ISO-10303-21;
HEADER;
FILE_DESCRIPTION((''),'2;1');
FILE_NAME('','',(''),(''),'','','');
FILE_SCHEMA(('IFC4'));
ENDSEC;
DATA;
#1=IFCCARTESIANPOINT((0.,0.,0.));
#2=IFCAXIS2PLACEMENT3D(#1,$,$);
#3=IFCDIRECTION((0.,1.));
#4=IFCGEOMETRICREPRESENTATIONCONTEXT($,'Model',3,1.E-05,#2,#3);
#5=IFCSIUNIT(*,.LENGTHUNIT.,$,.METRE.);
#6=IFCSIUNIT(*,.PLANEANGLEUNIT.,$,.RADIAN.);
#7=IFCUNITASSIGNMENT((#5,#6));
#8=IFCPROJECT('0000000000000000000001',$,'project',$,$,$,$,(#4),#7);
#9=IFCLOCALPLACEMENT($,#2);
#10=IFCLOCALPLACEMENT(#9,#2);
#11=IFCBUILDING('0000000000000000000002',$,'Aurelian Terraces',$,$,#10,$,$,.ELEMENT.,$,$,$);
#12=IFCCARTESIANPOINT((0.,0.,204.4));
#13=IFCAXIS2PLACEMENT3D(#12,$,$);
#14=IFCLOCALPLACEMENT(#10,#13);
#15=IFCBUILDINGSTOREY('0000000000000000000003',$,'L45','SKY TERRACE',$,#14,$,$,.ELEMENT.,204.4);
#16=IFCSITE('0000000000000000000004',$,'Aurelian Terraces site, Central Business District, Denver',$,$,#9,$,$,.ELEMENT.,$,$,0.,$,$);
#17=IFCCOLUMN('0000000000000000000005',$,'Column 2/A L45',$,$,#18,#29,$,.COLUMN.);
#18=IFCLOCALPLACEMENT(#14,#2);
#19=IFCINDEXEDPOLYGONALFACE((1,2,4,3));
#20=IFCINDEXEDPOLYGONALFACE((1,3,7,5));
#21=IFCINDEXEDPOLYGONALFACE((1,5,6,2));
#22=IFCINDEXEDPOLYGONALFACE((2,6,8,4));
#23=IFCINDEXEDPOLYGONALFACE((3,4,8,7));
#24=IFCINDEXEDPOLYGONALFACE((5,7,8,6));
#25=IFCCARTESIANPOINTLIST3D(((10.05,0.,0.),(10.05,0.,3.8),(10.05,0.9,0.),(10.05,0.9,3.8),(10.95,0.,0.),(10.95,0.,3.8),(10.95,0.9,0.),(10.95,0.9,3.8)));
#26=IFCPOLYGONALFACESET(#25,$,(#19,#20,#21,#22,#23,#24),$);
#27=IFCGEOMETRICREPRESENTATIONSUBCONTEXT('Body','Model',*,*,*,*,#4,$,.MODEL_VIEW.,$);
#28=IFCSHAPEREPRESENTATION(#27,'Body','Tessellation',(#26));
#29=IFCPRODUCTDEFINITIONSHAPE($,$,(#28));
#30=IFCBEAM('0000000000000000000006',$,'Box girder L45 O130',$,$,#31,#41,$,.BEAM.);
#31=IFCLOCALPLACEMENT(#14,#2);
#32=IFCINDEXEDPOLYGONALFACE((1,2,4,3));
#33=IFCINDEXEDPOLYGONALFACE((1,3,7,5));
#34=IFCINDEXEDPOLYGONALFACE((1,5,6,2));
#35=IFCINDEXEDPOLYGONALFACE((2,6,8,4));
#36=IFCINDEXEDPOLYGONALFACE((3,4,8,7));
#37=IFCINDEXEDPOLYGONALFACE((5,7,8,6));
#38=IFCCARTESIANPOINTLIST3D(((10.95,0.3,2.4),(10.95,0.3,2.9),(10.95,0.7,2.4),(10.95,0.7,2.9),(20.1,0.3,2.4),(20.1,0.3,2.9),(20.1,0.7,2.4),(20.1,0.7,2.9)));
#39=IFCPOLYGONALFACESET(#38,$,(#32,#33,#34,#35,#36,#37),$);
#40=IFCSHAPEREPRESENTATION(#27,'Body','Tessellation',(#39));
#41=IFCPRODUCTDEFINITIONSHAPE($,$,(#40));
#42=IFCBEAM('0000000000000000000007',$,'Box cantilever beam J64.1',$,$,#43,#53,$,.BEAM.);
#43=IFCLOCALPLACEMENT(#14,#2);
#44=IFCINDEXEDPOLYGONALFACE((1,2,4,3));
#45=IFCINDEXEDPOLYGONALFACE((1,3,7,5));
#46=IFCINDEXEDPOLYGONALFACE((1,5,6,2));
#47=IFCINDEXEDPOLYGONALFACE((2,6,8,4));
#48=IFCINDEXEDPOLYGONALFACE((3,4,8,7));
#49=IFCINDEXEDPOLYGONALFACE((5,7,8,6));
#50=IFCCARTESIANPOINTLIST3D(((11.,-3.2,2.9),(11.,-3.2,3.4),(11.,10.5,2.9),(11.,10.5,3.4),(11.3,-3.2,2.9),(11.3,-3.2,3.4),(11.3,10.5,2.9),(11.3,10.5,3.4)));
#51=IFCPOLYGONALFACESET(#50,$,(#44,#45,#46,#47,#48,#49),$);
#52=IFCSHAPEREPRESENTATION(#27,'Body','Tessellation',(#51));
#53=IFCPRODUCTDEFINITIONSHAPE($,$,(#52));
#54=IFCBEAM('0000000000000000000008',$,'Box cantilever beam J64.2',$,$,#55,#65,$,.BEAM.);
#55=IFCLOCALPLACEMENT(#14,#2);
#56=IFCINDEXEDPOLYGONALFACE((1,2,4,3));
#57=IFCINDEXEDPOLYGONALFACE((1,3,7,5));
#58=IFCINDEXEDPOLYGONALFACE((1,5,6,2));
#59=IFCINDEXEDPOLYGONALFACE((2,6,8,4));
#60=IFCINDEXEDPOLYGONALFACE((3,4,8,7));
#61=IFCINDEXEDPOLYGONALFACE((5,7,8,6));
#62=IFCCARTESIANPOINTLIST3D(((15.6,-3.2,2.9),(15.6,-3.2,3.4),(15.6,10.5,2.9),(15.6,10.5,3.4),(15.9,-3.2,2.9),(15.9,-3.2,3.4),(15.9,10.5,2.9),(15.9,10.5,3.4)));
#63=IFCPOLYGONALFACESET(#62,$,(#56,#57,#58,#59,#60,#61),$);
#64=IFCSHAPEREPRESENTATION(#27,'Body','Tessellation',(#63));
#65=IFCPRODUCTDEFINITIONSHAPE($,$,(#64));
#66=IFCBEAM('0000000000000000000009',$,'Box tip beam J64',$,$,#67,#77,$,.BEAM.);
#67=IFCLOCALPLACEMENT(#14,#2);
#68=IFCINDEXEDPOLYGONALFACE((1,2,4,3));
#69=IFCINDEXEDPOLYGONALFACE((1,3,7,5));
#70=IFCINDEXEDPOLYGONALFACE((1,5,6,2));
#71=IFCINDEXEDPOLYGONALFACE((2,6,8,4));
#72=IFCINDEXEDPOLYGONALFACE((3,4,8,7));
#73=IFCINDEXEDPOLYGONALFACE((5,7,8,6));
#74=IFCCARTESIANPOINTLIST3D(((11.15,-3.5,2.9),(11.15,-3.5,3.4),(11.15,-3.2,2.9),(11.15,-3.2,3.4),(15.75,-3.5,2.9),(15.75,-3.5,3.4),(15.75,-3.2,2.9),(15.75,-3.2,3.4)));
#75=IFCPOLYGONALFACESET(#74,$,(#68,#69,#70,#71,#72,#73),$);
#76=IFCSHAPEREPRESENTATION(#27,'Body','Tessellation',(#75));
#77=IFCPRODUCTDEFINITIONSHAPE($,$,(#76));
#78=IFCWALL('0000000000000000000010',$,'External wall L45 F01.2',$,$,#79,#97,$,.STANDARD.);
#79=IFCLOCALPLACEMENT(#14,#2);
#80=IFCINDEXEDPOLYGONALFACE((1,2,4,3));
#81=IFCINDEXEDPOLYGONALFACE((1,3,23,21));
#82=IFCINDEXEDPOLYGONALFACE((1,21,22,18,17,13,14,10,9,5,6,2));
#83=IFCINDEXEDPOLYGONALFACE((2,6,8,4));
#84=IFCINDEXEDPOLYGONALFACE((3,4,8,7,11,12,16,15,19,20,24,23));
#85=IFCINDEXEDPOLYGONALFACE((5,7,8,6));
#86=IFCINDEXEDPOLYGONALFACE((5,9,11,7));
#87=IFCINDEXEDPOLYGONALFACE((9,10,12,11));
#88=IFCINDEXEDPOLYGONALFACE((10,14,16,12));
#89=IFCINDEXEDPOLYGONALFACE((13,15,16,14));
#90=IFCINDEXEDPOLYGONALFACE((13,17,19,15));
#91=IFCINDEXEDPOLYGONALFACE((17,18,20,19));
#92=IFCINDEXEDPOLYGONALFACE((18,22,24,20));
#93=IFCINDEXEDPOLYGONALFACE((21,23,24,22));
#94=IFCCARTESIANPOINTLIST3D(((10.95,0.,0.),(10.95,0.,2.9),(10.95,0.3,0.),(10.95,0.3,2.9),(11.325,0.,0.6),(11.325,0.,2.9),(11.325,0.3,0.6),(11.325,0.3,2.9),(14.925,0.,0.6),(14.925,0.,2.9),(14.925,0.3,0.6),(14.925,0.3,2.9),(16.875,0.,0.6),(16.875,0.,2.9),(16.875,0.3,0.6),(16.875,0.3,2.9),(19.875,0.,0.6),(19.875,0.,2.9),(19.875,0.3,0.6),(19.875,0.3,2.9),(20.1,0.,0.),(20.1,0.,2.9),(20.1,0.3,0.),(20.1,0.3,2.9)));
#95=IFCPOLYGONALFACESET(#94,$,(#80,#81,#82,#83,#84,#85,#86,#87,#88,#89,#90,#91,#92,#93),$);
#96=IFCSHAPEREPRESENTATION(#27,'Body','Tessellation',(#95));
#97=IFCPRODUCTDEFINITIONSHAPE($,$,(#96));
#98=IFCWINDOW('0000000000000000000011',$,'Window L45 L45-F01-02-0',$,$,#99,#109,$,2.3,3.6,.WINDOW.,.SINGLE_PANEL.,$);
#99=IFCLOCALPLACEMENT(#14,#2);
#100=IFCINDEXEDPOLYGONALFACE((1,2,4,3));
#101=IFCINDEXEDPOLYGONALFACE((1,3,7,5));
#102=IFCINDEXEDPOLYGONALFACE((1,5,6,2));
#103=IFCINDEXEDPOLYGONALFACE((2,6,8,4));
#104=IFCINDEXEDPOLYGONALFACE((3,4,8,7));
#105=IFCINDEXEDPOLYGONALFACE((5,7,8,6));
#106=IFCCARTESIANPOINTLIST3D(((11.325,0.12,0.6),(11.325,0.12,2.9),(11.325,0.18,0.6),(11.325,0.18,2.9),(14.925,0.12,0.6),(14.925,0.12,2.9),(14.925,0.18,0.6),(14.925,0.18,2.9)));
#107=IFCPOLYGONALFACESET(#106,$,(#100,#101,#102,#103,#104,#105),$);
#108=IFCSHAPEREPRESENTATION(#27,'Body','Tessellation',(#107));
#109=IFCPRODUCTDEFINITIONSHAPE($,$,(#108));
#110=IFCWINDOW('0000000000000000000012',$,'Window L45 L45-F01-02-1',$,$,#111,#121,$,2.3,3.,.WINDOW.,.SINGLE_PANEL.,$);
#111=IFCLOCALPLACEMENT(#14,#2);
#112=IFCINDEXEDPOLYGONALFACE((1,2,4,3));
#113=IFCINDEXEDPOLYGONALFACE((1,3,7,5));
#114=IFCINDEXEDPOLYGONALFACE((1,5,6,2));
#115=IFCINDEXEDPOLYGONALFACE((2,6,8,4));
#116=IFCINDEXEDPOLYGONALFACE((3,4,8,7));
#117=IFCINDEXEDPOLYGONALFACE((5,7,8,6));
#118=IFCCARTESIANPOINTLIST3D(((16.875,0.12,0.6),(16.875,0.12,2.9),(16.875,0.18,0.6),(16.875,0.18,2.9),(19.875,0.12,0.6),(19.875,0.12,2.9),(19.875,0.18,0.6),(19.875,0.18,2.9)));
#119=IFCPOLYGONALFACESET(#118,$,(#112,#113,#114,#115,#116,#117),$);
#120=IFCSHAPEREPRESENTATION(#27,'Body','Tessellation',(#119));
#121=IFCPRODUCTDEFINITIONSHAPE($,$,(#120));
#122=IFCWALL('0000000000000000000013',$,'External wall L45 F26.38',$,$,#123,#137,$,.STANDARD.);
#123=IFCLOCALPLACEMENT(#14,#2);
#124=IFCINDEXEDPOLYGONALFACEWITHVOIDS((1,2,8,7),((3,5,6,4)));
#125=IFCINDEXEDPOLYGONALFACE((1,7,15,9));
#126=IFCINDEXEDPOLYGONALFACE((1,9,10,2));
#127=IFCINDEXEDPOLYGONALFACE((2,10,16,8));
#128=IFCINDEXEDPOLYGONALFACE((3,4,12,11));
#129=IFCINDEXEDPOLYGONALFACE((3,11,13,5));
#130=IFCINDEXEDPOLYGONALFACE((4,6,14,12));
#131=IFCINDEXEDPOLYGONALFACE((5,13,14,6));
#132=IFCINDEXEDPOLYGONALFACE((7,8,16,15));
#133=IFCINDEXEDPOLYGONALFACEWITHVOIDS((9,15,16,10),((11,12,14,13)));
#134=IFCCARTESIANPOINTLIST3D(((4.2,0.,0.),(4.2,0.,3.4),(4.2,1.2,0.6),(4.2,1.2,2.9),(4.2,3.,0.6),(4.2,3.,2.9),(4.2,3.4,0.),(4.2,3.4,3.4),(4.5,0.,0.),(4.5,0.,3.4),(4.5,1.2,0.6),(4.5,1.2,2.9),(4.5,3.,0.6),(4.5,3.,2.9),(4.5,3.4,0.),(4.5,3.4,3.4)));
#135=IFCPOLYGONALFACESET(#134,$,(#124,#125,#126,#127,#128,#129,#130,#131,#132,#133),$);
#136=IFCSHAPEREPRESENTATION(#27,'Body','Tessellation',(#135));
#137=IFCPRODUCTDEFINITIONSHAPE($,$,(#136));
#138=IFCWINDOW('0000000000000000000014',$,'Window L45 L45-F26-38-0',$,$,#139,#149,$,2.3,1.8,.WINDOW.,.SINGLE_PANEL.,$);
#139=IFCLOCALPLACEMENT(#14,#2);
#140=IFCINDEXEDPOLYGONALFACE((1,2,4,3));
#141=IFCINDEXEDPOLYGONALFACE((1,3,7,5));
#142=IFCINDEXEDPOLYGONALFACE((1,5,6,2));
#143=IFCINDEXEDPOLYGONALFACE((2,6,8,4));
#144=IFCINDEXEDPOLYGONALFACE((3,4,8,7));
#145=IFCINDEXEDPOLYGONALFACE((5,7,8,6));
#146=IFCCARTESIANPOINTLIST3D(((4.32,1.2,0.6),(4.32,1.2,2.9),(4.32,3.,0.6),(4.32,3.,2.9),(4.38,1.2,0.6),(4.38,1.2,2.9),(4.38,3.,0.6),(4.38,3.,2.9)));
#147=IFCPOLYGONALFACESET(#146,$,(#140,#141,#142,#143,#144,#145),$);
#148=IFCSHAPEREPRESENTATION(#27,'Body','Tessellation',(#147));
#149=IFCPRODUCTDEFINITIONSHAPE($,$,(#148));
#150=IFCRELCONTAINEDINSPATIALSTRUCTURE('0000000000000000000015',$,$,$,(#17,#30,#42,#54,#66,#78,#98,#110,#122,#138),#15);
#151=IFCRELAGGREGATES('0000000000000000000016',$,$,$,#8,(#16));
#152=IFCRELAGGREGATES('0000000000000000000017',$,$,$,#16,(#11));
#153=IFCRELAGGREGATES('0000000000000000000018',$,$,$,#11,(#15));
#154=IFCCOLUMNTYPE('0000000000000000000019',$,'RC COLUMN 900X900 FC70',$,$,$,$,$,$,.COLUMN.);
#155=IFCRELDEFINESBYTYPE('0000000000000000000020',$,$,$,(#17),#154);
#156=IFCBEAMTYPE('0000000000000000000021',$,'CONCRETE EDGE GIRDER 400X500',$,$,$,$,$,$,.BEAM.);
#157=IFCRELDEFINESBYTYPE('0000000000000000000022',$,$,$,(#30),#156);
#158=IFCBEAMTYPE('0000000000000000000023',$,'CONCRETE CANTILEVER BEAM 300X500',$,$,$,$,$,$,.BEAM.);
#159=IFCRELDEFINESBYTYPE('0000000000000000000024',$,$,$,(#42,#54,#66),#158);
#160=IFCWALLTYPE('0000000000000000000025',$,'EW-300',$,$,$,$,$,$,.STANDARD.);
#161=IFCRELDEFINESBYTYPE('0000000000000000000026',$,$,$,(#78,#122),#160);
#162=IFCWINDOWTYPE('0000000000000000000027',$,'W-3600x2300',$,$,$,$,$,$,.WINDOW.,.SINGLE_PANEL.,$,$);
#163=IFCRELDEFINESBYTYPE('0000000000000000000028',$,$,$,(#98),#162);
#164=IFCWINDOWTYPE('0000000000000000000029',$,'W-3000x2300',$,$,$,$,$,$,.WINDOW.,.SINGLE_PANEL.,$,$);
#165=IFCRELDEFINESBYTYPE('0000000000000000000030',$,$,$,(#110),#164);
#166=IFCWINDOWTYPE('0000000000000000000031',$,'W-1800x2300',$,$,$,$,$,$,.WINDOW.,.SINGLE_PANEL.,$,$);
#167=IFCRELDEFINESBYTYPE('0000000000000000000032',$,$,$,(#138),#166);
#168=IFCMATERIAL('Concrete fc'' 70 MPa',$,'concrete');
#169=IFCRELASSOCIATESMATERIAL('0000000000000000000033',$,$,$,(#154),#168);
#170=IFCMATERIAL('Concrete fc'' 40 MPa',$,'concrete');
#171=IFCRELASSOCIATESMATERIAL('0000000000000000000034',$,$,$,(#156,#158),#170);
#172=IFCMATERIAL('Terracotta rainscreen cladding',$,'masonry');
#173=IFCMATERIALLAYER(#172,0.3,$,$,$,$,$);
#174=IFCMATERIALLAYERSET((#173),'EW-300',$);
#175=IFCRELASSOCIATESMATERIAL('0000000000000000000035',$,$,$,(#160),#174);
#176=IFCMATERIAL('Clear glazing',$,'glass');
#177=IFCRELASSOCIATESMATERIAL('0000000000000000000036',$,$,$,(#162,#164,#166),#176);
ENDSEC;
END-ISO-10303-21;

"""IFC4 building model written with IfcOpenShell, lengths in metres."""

from ifc_helpers import new_model, si_unit, direction, frame, frame_2d, origin, origin_2d, place, context, subcontext, project, spatial, rectangle, extrude, source, transform, mapped, material, layer, layer_set, material_profile, profile_set, type_object, element, fill, save


model = new_model("IFC4")

# Units and contexts
model_context = context("Model", 3, precision=1e-05, world=origin(), true_north=direction((0.0, 1.0)))
body_context = subcontext(model_context, "Body", "Model", "MODEL_VIEW")
ifc_project = project(units=[si_unit("LENGTHUNIT", "METRE"), si_unit("PLANEANGLEUNIT", "RADIAN")], contexts=[model_context])

# Site, building, storey
site_placement = place(None, origin())
site = spatial("IfcSite", under=ifc_project, at=site_placement, Name="Aurelian Terraces site, Central Business District, Denver", CompositionType="ELEMENT", RefElevation=0.0)
building_placement = place(site_placement, origin())
building = spatial("IfcBuilding", under=site, at=building_placement, Name="Aurelian Terraces", CompositionType="ELEMENT")
storey_placement = place(building_placement, frame((0.0, 0.0, 204.4)))
storey = spatial("IfcBuildingStorey", under=building, at=storey_placement, Name="L45", Description="SKY TERRACE", CompositionType="ELEMENT", Elevation=204.4)

# Column
ifc_material_1 = material(Name="Concrete fc' 70 MPa", Category="concrete")
ifc_material_profile_1 = material_profile(ifc_material_1, rectangle(XDim=0.9, YDim=0.9, at=origin_2d()))
ifc_profile_set_1 = profile_set([ifc_material_profile_1], Name="Concrete fc' 70 MPa")
column_type = type_object("IfcColumnType", Name="RC COLUMN 900X900 FC70", PredefinedType="COLUMN", material=ifc_profile_set_1)
shared_shape_1 = source(origin(), body_context, "Body", "SweptSolid", [
    extrude(rectangle(XDim=0.9, YDim=0.9, at=origin_2d()), origin(), (0.0, 0.0, 1.0), 3.8),
])
column_placement = place(storey_placement, frame((10.5, 0.45, 0.0), z_axis=(0.0, 0.0, 1.0), x_axis=(1.0, 0.0, 0.0)))
element("IfcColumn", 1, at=column_placement, inside=storey, type_object=column_type, Name="Column 2/A L45", PredefinedType="COLUMN", context=body_context, shape_type="MappedRepresentation", body=[
    mapped(shared_shape_1, transform((0.0, 0.0, 0.0), scale=1.0)),
])

# Beams
ifc_material_2 = material(Name="Concrete fc' 40 MPa", Category="concrete")
ifc_material_profile_2 = material_profile(ifc_material_2, rectangle(XDim=0.4, YDim=0.5, at=origin_2d()))
ifc_profile_set_2 = profile_set([ifc_material_profile_2], Name="Concrete fc' 40 MPa")
beam_type_1 = type_object("IfcBeamType", Name="CONCRETE EDGE GIRDER 400X500", PredefinedType="BEAM", material=ifc_profile_set_2)
beam_1_placement = place(storey_placement, frame((10.95, 0.5, 2.65), z_axis=(1.0, 0.0, 0.0), x_axis=(0.0, 1.0, 0.0)))
element("IfcBeam", 2, at=beam_1_placement, inside=storey, type_object=beam_type_1, Name="Box girder L45 O130", PredefinedType="BEAM", context=body_context, shape_type="SweptSolid", body=[
    extrude(rectangle(XDim=0.4, YDim=0.5, at=origin_2d()), origin(), (0.0, 0.0, 1.0), 9.15),
])
ifc_material_profile_3 = material_profile(ifc_material_2, rectangle(XDim=0.3, YDim=0.5, at=origin_2d()))
ifc_profile_set_3 = profile_set([ifc_material_profile_3], Name="Concrete fc' 40 MPa")
beam_type_2 = type_object("IfcBeamType", Name="CONCRETE CANTILEVER BEAM 300X500", PredefinedType="BEAM", material=ifc_profile_set_3)
shared_shape_2 = source(origin(), body_context, "Body", "SweptSolid", [
    extrude(rectangle(XDim=0.3, YDim=0.5, at=origin_2d()), origin(), (0.0, 0.0, 1.0), 13.7),
])
for number, where, z_axis, x_axis, name in (
    (3, (11.15, -3.2, 3.15), (0.0, 1.0, 0.0), (-1.0, 0.0, 0.0), "Box cantilever beam J64.1"),
    (4, (15.75, -3.2, 3.15), (0.0, 1.0, 0.0), (-1.0, 0.0, 0.0), "Box cantilever beam J64.2"),
):
    element("IfcBeam", number, at=place(storey_placement, frame(where, z_axis=z_axis, x_axis=x_axis)), inside=storey, type_object=beam_type_2, Name=name, PredefinedType="BEAM", context=body_context, shape_type="MappedRepresentation", body=[
        mapped(shared_shape_2, transform((0.0, 0.0, 0.0), scale=1.0)),
    ])
shared_shape_3 = source(origin(), body_context, "Body", "SweptSolid", [
    extrude(rectangle(XDim=0.3, YDim=0.5, at=origin_2d()), origin(), (0.0, 0.0, 1.0), 4.6),
])
beam_2_placement = place(storey_placement, frame((11.15, -3.35, 3.15), z_axis=(1.0, 0.0, 0.0), x_axis=(0.0, 1.0, 0.0)))
element("IfcBeam", 5, at=beam_2_placement, inside=storey, type_object=beam_type_2, Name="Box tip beam J64", PredefinedType="BEAM", context=body_context, shape_type="MappedRepresentation", body=[
    mapped(shared_shape_3, transform((0.0, 0.0, 0.0), scale=1.0)),
])

# Wall, openings, windows
ifc_material_3 = material(Name="Terracotta rainscreen cladding", Category="masonry")
ifc_layer_1 = layer(ifc_material_3, 0.3)
ifc_layer_set_1 = layer_set([ifc_layer_1], Name="EW-300")
wall_type_1 = type_object("IfcWallType", Name="EW-300", PredefinedType="STANDARD", material=ifc_layer_set_1)
wall_1_placement = place(storey_placement, frame((10.95, 0.15, 0.0), z_axis=(0.0, 0.0, 1.0), x_axis=(1.0, 0.0, 0.0)))
wall_1 = element("IfcWall", 6, at=wall_1_placement, inside=storey, type_object=wall_type_1, Name="External wall L45 F01.2", PredefinedType="STANDARD", context=body_context, shape_type="SweptSolid", body=[
    extrude(rectangle(XDim=9.15, YDim=0.3, at=frame_2d((4.575, 0.0))), origin(), (0.0, 0.0, 1.0), 2.9),
])
shared_shape_4 = source(origin(), body_context, "Body", "SweptSolid", [
    extrude(rectangle(XDim=3.6, YDim=2.3, at=frame_2d((1.8, 1.15))), frame((0.0, 0.16, 0.0), z_axis=(0.0, -1.0, 0.0), x_axis=(1.0, 0.0, 0.0)), (0.0, 0.0, 1.0), 0.32),
])
opening_1_placement = place(wall_1_placement, frame((0.375, 0.0, 0.6)))
opening_1 = element("IfcOpeningElement", 7, at=opening_1_placement, cuts=wall_1, PredefinedType="OPENING", context=body_context, shape_type="MappedRepresentation", body=[
    mapped(shared_shape_4, transform((0.0, 0.0, 0.0), scale=1.0)),
])
shared_shape_5 = source(origin(), body_context, "Body", "SweptSolid", [
    extrude(rectangle(XDim=3.0, YDim=2.3, at=frame_2d((1.5, 1.15))), frame((0.0, 0.16, 0.0), z_axis=(0.0, -1.0, 0.0), x_axis=(1.0, 0.0, 0.0)), (0.0, 0.0, 1.0), 0.32),
])
opening_2_placement = place(wall_1_placement, frame((5.925, 0.0, 0.6)))
opening_2 = element("IfcOpeningElement", 8, at=opening_2_placement, cuts=wall_1, PredefinedType="OPENING", context=body_context, shape_type="MappedRepresentation", body=[
    mapped(shared_shape_5, transform((0.0, 0.0, 0.0), scale=1.0)),
])
ifc_material_4 = material(Name="Clear glazing", Category="glass")
window_type_1 = type_object("IfcWindowType", Name="W-3600x2300", PartitioningType="SINGLE_PANEL", PredefinedType="WINDOW", material=ifc_material_4)
shared_shape_6 = source(origin(), body_context, "Body", "SweptSolid", [
    extrude(rectangle(XDim=3.6, YDim=2.3, at=frame_2d((1.8, 1.15))), frame((0.0, 0.03, 0.0), z_axis=(0.0, -1.0, 0.0), x_axis=(1.0, 0.0, 0.0)), (0.0, 0.0, 1.0), 0.06),
])
window_1_placement = place(opening_1_placement, origin())
window_1 = element("IfcWindow", 9, at=window_1_placement, inside=storey, type_object=window_type_1, Name="Window L45 L45-F01-02-0", OverallHeight=2.3, OverallWidth=3.6, PartitioningType="SINGLE_PANEL", PredefinedType="WINDOW", context=body_context, shape_type="MappedRepresentation", body=[
    mapped(shared_shape_6, transform((0.0, 0.0, 0.0), scale=1.0)),
])
fill(opening_1, window_1)
window_type_2 = type_object("IfcWindowType", Name="W-3000x2300", PartitioningType="SINGLE_PANEL", PredefinedType="WINDOW", material=ifc_material_4)
shared_shape_7 = source(origin(), body_context, "Body", "SweptSolid", [
    extrude(rectangle(XDim=3.0, YDim=2.3, at=frame_2d((1.5, 1.15))), frame((0.0, 0.03, 0.0), z_axis=(0.0, -1.0, 0.0), x_axis=(1.0, 0.0, 0.0)), (0.0, 0.0, 1.0), 0.06),
])
window_2_placement = place(opening_2_placement, origin())
window_2 = element("IfcWindow", 10, at=window_2_placement, inside=storey, type_object=window_type_2, Name="Window L45 L45-F01-02-1", OverallHeight=2.3, OverallWidth=3.0, PartitioningType="SINGLE_PANEL", PredefinedType="WINDOW", context=body_context, shape_type="MappedRepresentation", body=[
    mapped(shared_shape_7, transform((0.0, 0.0, 0.0), scale=1.0)),
])
fill(opening_2, window_2)

# Wall, opening, window
shared_shape_8 = source(origin(), body_context, "Body", "SweptSolid", [
    extrude(rectangle(XDim=3.4, YDim=0.3, at=frame_2d((1.7, 0.0))), origin(), (0.0, 0.0, 1.0), 3.4),
])
wall_2_placement = place(storey_placement, frame((4.35, 3.4, 0.0), z_axis=(0.0, 0.0, 1.0), x_axis=(0.0, -1.0, 0.0)))
wall_2 = element("IfcWall", 11, at=wall_2_placement, inside=storey, type_object=wall_type_1, Name="External wall L45 F26.38", PredefinedType="STANDARD", context=body_context, shape_type="MappedRepresentation", body=[
    mapped(shared_shape_8, transform((0.0, 0.0, 0.0), scale=1.0)),
])
shared_shape_9 = source(origin(), body_context, "Body", "SweptSolid", [
    extrude(rectangle(XDim=1.8, YDim=2.3, at=frame_2d((0.9, 1.15))), frame((0.0, 0.16, 0.0), z_axis=(0.0, -1.0, 0.0), x_axis=(1.0, 0.0, 0.0)), (0.0, 0.0, 1.0), 0.32),
])
opening_3_placement = place(wall_2_placement, frame((0.4, 0.0, 0.6)))
opening_3 = element("IfcOpeningElement", 12, at=opening_3_placement, cuts=wall_2, PredefinedType="OPENING", context=body_context, shape_type="MappedRepresentation", body=[
    mapped(shared_shape_9, transform((0.0, 0.0, 0.0), scale=1.0)),
])
window_type_3 = type_object("IfcWindowType", Name="W-1800x2300", PartitioningType="SINGLE_PANEL", PredefinedType="WINDOW", material=ifc_material_4)
shared_shape_10 = source(origin(), body_context, "Body", "SweptSolid", [
    extrude(rectangle(XDim=1.8, YDim=2.3, at=frame_2d((0.9, 1.15))), frame((0.0, 0.03, 0.0), z_axis=(0.0, -1.0, 0.0), x_axis=(1.0, 0.0, 0.0)), (0.0, 0.0, 1.0), 0.06),
])
window_3_placement = place(opening_3_placement, origin())
window_3 = element("IfcWindow", 13, at=window_3_placement, inside=storey, type_object=window_type_3, Name="Window L45 L45-F26-38-0", OverallHeight=2.3, OverallWidth=1.8, PartitioningType="SINGLE_PANEL", PredefinedType="WINDOW", context=body_context, shape_type="MappedRepresentation", body=[
    mapped(shared_shape_10, transform((0.0, 0.0, 0.0), scale=1.0)),
])
fill(opening_3, window_3)

save(model, "model.ifc")
